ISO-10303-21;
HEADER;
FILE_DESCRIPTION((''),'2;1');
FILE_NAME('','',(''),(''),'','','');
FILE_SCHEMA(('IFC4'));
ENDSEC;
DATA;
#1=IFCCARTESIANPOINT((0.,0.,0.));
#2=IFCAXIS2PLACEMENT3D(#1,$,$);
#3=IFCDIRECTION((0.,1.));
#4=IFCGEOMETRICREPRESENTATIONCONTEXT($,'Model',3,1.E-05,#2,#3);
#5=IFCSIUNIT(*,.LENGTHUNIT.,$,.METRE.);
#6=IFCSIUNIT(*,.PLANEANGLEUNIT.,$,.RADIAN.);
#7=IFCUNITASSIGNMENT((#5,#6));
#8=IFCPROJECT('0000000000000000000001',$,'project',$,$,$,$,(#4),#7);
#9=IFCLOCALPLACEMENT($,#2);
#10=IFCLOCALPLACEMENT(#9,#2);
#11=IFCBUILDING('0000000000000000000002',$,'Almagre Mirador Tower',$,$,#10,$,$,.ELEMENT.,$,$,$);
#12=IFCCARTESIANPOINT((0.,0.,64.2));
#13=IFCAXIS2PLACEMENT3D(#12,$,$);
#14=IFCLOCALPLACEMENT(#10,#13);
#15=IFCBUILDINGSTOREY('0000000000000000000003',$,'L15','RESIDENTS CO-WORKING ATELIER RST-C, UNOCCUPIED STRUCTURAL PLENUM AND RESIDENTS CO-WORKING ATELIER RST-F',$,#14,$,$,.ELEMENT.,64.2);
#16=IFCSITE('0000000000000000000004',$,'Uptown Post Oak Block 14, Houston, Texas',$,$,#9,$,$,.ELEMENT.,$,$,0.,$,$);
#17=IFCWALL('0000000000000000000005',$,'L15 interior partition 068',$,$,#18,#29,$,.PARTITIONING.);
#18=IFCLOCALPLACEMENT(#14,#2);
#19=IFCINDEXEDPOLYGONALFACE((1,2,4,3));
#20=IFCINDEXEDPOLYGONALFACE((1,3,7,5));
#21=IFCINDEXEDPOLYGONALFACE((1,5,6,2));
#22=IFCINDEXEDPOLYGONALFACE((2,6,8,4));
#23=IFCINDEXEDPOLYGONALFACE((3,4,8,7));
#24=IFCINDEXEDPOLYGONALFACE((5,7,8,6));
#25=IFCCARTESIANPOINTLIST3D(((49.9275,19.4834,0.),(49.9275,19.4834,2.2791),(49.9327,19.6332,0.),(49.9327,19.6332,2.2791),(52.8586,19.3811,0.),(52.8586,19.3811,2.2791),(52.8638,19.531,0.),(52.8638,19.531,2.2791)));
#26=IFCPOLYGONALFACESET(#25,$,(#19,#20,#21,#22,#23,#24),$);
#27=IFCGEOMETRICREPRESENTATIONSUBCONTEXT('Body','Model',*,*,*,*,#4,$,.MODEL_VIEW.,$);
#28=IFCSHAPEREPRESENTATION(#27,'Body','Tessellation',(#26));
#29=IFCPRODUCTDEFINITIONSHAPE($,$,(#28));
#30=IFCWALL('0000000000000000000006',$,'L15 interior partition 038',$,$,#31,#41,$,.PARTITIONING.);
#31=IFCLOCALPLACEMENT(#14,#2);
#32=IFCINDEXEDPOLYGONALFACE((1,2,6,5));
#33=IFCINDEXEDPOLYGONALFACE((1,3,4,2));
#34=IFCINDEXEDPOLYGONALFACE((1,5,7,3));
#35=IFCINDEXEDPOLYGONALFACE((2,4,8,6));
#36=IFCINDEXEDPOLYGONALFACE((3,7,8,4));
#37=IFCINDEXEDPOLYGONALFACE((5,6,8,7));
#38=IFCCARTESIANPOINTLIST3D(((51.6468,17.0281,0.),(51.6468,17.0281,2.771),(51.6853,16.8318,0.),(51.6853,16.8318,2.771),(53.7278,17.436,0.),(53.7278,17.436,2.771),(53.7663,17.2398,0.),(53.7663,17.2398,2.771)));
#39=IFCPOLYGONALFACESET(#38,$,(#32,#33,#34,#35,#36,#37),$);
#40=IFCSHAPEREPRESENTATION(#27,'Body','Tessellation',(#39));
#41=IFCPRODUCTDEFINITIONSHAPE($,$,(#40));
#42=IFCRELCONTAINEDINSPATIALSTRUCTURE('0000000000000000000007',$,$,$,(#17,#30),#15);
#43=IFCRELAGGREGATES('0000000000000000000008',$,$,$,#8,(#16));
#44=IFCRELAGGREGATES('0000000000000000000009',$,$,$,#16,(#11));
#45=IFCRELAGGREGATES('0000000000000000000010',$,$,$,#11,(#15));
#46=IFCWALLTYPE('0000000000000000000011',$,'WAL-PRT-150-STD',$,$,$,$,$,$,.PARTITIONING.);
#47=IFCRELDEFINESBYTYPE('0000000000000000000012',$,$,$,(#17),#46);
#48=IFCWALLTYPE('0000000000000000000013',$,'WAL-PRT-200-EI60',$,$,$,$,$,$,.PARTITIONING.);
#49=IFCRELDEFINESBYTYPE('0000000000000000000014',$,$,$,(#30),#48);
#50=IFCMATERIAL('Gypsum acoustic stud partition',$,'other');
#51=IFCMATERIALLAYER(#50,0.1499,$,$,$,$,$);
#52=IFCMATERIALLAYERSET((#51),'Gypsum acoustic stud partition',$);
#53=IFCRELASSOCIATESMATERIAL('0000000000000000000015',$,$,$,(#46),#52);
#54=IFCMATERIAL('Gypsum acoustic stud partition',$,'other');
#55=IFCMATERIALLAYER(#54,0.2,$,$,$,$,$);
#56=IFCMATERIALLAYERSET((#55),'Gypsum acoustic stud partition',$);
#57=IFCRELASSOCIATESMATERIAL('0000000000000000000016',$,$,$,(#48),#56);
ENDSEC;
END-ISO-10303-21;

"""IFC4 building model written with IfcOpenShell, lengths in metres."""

from ifc_helpers import new_model, si_unit, direction, frame, frame_2d, origin, place, context, subcontext, project, spatial, rectangle, extrude, material, layer, layer_set, type_object, element, save


model = new_model("IFC4")

# Units and contexts
model_context = context("Model", 3, precision=1e-05, world=origin(), true_north=direction((0.0, 1.0)))
body_context = subcontext(model_context, "Body", "Model", "MODEL_VIEW")
ifc_project = project(units=[si_unit("LENGTHUNIT", "METRE"), si_unit("PLANEANGLEUNIT", "RADIAN")], contexts=[model_context])

# Site, building, storey
site_placement = place(None, origin())
site = spatial("IfcSite", under=ifc_project, at=site_placement, Name="Uptown Post Oak Block 14, Houston, Texas", CompositionType="ELEMENT", RefElevation=0.0)
building_placement = place(site_placement, origin())
building = spatial("IfcBuilding", under=site, at=building_placement, Name="Almagre Mirador Tower", CompositionType="ELEMENT")
storey_placement = place(building_placement, frame((0.0, 0.0, 64.2)))
storey = spatial("IfcBuildingStorey", under=building, at=storey_placement, Name="L15", Description="RESIDENTS CO-WORKING ATELIER RST-C, UNOCCUPIED STRUCTURAL PLENUM AND RESIDENTS CO-WORKING ATELIER RST-F", CompositionType="ELEMENT", Elevation=64.2)

# Shared definitions
ifc_material_1 = material(Name="Gypsum acoustic stud partition", Category="other")
ifc_layer_1 = layer(ifc_material_1, 0.1499)
ifc_layer_set_1 = layer_set([ifc_layer_1], Name="Gypsum acoustic stud partition")
wall_type_1 = type_object("IfcWallType", Name="WAL-PRT-150-STD", PredefinedType="PARTITIONING", material=ifc_layer_set_1)

# Walls
wall_1_placement = place(storey_placement, frame((52.8611, 19.4561, 0.0), z_axis=(0.0, 0.0, 1.0), x_axis=(-0.999392, 0.034878, 0.0)))
element("IfcWall", 1, at=wall_1_placement, inside=storey, type_object=wall_type_1, Name="L15 interior partition 068", PredefinedType="PARTITIONING", context=body_context, shape_type="SweptSolid", body=[
    extrude(rectangle(XDim=2.9329, YDim=0.1499, at=frame_2d((1.4663, 0.0))), origin(), (0.0, 0.0, 1.0), 2.2791),
])
ifc_material_2 = material(Name="Gypsum acoustic stud partition", Category="other")
ifc_layer_2 = layer(ifc_material_2, 0.2)
ifc_layer_set_2 = layer_set([ifc_layer_2], Name="Gypsum acoustic stud partition")
wall_type_2 = type_object("IfcWallType", Name="WAL-PRT-200-EI60", PredefinedType="PARTITIONING", material=ifc_layer_set_2)
wall_2_placement = place(storey_placement, frame((53.7471, 17.3379, 0.0), z_axis=(0.0, 0.0, 1.0), x_axis=(-0.981322, -0.192373, 0.0)))
element("IfcWall", 2, at=wall_2_placement, inside=storey, type_object=wall_type_2, Name="L15 interior partition 038", PredefinedType="PARTITIONING", context=body_context, shape_type="SweptSolid", body=[
    extrude(rectangle(XDim=2.1206, YDim=0.2, at=frame_2d((1.0603, 0.0))), origin(), (0.0, 0.0, 1.0), 2.771),
])

save(model, "model.ifc")
